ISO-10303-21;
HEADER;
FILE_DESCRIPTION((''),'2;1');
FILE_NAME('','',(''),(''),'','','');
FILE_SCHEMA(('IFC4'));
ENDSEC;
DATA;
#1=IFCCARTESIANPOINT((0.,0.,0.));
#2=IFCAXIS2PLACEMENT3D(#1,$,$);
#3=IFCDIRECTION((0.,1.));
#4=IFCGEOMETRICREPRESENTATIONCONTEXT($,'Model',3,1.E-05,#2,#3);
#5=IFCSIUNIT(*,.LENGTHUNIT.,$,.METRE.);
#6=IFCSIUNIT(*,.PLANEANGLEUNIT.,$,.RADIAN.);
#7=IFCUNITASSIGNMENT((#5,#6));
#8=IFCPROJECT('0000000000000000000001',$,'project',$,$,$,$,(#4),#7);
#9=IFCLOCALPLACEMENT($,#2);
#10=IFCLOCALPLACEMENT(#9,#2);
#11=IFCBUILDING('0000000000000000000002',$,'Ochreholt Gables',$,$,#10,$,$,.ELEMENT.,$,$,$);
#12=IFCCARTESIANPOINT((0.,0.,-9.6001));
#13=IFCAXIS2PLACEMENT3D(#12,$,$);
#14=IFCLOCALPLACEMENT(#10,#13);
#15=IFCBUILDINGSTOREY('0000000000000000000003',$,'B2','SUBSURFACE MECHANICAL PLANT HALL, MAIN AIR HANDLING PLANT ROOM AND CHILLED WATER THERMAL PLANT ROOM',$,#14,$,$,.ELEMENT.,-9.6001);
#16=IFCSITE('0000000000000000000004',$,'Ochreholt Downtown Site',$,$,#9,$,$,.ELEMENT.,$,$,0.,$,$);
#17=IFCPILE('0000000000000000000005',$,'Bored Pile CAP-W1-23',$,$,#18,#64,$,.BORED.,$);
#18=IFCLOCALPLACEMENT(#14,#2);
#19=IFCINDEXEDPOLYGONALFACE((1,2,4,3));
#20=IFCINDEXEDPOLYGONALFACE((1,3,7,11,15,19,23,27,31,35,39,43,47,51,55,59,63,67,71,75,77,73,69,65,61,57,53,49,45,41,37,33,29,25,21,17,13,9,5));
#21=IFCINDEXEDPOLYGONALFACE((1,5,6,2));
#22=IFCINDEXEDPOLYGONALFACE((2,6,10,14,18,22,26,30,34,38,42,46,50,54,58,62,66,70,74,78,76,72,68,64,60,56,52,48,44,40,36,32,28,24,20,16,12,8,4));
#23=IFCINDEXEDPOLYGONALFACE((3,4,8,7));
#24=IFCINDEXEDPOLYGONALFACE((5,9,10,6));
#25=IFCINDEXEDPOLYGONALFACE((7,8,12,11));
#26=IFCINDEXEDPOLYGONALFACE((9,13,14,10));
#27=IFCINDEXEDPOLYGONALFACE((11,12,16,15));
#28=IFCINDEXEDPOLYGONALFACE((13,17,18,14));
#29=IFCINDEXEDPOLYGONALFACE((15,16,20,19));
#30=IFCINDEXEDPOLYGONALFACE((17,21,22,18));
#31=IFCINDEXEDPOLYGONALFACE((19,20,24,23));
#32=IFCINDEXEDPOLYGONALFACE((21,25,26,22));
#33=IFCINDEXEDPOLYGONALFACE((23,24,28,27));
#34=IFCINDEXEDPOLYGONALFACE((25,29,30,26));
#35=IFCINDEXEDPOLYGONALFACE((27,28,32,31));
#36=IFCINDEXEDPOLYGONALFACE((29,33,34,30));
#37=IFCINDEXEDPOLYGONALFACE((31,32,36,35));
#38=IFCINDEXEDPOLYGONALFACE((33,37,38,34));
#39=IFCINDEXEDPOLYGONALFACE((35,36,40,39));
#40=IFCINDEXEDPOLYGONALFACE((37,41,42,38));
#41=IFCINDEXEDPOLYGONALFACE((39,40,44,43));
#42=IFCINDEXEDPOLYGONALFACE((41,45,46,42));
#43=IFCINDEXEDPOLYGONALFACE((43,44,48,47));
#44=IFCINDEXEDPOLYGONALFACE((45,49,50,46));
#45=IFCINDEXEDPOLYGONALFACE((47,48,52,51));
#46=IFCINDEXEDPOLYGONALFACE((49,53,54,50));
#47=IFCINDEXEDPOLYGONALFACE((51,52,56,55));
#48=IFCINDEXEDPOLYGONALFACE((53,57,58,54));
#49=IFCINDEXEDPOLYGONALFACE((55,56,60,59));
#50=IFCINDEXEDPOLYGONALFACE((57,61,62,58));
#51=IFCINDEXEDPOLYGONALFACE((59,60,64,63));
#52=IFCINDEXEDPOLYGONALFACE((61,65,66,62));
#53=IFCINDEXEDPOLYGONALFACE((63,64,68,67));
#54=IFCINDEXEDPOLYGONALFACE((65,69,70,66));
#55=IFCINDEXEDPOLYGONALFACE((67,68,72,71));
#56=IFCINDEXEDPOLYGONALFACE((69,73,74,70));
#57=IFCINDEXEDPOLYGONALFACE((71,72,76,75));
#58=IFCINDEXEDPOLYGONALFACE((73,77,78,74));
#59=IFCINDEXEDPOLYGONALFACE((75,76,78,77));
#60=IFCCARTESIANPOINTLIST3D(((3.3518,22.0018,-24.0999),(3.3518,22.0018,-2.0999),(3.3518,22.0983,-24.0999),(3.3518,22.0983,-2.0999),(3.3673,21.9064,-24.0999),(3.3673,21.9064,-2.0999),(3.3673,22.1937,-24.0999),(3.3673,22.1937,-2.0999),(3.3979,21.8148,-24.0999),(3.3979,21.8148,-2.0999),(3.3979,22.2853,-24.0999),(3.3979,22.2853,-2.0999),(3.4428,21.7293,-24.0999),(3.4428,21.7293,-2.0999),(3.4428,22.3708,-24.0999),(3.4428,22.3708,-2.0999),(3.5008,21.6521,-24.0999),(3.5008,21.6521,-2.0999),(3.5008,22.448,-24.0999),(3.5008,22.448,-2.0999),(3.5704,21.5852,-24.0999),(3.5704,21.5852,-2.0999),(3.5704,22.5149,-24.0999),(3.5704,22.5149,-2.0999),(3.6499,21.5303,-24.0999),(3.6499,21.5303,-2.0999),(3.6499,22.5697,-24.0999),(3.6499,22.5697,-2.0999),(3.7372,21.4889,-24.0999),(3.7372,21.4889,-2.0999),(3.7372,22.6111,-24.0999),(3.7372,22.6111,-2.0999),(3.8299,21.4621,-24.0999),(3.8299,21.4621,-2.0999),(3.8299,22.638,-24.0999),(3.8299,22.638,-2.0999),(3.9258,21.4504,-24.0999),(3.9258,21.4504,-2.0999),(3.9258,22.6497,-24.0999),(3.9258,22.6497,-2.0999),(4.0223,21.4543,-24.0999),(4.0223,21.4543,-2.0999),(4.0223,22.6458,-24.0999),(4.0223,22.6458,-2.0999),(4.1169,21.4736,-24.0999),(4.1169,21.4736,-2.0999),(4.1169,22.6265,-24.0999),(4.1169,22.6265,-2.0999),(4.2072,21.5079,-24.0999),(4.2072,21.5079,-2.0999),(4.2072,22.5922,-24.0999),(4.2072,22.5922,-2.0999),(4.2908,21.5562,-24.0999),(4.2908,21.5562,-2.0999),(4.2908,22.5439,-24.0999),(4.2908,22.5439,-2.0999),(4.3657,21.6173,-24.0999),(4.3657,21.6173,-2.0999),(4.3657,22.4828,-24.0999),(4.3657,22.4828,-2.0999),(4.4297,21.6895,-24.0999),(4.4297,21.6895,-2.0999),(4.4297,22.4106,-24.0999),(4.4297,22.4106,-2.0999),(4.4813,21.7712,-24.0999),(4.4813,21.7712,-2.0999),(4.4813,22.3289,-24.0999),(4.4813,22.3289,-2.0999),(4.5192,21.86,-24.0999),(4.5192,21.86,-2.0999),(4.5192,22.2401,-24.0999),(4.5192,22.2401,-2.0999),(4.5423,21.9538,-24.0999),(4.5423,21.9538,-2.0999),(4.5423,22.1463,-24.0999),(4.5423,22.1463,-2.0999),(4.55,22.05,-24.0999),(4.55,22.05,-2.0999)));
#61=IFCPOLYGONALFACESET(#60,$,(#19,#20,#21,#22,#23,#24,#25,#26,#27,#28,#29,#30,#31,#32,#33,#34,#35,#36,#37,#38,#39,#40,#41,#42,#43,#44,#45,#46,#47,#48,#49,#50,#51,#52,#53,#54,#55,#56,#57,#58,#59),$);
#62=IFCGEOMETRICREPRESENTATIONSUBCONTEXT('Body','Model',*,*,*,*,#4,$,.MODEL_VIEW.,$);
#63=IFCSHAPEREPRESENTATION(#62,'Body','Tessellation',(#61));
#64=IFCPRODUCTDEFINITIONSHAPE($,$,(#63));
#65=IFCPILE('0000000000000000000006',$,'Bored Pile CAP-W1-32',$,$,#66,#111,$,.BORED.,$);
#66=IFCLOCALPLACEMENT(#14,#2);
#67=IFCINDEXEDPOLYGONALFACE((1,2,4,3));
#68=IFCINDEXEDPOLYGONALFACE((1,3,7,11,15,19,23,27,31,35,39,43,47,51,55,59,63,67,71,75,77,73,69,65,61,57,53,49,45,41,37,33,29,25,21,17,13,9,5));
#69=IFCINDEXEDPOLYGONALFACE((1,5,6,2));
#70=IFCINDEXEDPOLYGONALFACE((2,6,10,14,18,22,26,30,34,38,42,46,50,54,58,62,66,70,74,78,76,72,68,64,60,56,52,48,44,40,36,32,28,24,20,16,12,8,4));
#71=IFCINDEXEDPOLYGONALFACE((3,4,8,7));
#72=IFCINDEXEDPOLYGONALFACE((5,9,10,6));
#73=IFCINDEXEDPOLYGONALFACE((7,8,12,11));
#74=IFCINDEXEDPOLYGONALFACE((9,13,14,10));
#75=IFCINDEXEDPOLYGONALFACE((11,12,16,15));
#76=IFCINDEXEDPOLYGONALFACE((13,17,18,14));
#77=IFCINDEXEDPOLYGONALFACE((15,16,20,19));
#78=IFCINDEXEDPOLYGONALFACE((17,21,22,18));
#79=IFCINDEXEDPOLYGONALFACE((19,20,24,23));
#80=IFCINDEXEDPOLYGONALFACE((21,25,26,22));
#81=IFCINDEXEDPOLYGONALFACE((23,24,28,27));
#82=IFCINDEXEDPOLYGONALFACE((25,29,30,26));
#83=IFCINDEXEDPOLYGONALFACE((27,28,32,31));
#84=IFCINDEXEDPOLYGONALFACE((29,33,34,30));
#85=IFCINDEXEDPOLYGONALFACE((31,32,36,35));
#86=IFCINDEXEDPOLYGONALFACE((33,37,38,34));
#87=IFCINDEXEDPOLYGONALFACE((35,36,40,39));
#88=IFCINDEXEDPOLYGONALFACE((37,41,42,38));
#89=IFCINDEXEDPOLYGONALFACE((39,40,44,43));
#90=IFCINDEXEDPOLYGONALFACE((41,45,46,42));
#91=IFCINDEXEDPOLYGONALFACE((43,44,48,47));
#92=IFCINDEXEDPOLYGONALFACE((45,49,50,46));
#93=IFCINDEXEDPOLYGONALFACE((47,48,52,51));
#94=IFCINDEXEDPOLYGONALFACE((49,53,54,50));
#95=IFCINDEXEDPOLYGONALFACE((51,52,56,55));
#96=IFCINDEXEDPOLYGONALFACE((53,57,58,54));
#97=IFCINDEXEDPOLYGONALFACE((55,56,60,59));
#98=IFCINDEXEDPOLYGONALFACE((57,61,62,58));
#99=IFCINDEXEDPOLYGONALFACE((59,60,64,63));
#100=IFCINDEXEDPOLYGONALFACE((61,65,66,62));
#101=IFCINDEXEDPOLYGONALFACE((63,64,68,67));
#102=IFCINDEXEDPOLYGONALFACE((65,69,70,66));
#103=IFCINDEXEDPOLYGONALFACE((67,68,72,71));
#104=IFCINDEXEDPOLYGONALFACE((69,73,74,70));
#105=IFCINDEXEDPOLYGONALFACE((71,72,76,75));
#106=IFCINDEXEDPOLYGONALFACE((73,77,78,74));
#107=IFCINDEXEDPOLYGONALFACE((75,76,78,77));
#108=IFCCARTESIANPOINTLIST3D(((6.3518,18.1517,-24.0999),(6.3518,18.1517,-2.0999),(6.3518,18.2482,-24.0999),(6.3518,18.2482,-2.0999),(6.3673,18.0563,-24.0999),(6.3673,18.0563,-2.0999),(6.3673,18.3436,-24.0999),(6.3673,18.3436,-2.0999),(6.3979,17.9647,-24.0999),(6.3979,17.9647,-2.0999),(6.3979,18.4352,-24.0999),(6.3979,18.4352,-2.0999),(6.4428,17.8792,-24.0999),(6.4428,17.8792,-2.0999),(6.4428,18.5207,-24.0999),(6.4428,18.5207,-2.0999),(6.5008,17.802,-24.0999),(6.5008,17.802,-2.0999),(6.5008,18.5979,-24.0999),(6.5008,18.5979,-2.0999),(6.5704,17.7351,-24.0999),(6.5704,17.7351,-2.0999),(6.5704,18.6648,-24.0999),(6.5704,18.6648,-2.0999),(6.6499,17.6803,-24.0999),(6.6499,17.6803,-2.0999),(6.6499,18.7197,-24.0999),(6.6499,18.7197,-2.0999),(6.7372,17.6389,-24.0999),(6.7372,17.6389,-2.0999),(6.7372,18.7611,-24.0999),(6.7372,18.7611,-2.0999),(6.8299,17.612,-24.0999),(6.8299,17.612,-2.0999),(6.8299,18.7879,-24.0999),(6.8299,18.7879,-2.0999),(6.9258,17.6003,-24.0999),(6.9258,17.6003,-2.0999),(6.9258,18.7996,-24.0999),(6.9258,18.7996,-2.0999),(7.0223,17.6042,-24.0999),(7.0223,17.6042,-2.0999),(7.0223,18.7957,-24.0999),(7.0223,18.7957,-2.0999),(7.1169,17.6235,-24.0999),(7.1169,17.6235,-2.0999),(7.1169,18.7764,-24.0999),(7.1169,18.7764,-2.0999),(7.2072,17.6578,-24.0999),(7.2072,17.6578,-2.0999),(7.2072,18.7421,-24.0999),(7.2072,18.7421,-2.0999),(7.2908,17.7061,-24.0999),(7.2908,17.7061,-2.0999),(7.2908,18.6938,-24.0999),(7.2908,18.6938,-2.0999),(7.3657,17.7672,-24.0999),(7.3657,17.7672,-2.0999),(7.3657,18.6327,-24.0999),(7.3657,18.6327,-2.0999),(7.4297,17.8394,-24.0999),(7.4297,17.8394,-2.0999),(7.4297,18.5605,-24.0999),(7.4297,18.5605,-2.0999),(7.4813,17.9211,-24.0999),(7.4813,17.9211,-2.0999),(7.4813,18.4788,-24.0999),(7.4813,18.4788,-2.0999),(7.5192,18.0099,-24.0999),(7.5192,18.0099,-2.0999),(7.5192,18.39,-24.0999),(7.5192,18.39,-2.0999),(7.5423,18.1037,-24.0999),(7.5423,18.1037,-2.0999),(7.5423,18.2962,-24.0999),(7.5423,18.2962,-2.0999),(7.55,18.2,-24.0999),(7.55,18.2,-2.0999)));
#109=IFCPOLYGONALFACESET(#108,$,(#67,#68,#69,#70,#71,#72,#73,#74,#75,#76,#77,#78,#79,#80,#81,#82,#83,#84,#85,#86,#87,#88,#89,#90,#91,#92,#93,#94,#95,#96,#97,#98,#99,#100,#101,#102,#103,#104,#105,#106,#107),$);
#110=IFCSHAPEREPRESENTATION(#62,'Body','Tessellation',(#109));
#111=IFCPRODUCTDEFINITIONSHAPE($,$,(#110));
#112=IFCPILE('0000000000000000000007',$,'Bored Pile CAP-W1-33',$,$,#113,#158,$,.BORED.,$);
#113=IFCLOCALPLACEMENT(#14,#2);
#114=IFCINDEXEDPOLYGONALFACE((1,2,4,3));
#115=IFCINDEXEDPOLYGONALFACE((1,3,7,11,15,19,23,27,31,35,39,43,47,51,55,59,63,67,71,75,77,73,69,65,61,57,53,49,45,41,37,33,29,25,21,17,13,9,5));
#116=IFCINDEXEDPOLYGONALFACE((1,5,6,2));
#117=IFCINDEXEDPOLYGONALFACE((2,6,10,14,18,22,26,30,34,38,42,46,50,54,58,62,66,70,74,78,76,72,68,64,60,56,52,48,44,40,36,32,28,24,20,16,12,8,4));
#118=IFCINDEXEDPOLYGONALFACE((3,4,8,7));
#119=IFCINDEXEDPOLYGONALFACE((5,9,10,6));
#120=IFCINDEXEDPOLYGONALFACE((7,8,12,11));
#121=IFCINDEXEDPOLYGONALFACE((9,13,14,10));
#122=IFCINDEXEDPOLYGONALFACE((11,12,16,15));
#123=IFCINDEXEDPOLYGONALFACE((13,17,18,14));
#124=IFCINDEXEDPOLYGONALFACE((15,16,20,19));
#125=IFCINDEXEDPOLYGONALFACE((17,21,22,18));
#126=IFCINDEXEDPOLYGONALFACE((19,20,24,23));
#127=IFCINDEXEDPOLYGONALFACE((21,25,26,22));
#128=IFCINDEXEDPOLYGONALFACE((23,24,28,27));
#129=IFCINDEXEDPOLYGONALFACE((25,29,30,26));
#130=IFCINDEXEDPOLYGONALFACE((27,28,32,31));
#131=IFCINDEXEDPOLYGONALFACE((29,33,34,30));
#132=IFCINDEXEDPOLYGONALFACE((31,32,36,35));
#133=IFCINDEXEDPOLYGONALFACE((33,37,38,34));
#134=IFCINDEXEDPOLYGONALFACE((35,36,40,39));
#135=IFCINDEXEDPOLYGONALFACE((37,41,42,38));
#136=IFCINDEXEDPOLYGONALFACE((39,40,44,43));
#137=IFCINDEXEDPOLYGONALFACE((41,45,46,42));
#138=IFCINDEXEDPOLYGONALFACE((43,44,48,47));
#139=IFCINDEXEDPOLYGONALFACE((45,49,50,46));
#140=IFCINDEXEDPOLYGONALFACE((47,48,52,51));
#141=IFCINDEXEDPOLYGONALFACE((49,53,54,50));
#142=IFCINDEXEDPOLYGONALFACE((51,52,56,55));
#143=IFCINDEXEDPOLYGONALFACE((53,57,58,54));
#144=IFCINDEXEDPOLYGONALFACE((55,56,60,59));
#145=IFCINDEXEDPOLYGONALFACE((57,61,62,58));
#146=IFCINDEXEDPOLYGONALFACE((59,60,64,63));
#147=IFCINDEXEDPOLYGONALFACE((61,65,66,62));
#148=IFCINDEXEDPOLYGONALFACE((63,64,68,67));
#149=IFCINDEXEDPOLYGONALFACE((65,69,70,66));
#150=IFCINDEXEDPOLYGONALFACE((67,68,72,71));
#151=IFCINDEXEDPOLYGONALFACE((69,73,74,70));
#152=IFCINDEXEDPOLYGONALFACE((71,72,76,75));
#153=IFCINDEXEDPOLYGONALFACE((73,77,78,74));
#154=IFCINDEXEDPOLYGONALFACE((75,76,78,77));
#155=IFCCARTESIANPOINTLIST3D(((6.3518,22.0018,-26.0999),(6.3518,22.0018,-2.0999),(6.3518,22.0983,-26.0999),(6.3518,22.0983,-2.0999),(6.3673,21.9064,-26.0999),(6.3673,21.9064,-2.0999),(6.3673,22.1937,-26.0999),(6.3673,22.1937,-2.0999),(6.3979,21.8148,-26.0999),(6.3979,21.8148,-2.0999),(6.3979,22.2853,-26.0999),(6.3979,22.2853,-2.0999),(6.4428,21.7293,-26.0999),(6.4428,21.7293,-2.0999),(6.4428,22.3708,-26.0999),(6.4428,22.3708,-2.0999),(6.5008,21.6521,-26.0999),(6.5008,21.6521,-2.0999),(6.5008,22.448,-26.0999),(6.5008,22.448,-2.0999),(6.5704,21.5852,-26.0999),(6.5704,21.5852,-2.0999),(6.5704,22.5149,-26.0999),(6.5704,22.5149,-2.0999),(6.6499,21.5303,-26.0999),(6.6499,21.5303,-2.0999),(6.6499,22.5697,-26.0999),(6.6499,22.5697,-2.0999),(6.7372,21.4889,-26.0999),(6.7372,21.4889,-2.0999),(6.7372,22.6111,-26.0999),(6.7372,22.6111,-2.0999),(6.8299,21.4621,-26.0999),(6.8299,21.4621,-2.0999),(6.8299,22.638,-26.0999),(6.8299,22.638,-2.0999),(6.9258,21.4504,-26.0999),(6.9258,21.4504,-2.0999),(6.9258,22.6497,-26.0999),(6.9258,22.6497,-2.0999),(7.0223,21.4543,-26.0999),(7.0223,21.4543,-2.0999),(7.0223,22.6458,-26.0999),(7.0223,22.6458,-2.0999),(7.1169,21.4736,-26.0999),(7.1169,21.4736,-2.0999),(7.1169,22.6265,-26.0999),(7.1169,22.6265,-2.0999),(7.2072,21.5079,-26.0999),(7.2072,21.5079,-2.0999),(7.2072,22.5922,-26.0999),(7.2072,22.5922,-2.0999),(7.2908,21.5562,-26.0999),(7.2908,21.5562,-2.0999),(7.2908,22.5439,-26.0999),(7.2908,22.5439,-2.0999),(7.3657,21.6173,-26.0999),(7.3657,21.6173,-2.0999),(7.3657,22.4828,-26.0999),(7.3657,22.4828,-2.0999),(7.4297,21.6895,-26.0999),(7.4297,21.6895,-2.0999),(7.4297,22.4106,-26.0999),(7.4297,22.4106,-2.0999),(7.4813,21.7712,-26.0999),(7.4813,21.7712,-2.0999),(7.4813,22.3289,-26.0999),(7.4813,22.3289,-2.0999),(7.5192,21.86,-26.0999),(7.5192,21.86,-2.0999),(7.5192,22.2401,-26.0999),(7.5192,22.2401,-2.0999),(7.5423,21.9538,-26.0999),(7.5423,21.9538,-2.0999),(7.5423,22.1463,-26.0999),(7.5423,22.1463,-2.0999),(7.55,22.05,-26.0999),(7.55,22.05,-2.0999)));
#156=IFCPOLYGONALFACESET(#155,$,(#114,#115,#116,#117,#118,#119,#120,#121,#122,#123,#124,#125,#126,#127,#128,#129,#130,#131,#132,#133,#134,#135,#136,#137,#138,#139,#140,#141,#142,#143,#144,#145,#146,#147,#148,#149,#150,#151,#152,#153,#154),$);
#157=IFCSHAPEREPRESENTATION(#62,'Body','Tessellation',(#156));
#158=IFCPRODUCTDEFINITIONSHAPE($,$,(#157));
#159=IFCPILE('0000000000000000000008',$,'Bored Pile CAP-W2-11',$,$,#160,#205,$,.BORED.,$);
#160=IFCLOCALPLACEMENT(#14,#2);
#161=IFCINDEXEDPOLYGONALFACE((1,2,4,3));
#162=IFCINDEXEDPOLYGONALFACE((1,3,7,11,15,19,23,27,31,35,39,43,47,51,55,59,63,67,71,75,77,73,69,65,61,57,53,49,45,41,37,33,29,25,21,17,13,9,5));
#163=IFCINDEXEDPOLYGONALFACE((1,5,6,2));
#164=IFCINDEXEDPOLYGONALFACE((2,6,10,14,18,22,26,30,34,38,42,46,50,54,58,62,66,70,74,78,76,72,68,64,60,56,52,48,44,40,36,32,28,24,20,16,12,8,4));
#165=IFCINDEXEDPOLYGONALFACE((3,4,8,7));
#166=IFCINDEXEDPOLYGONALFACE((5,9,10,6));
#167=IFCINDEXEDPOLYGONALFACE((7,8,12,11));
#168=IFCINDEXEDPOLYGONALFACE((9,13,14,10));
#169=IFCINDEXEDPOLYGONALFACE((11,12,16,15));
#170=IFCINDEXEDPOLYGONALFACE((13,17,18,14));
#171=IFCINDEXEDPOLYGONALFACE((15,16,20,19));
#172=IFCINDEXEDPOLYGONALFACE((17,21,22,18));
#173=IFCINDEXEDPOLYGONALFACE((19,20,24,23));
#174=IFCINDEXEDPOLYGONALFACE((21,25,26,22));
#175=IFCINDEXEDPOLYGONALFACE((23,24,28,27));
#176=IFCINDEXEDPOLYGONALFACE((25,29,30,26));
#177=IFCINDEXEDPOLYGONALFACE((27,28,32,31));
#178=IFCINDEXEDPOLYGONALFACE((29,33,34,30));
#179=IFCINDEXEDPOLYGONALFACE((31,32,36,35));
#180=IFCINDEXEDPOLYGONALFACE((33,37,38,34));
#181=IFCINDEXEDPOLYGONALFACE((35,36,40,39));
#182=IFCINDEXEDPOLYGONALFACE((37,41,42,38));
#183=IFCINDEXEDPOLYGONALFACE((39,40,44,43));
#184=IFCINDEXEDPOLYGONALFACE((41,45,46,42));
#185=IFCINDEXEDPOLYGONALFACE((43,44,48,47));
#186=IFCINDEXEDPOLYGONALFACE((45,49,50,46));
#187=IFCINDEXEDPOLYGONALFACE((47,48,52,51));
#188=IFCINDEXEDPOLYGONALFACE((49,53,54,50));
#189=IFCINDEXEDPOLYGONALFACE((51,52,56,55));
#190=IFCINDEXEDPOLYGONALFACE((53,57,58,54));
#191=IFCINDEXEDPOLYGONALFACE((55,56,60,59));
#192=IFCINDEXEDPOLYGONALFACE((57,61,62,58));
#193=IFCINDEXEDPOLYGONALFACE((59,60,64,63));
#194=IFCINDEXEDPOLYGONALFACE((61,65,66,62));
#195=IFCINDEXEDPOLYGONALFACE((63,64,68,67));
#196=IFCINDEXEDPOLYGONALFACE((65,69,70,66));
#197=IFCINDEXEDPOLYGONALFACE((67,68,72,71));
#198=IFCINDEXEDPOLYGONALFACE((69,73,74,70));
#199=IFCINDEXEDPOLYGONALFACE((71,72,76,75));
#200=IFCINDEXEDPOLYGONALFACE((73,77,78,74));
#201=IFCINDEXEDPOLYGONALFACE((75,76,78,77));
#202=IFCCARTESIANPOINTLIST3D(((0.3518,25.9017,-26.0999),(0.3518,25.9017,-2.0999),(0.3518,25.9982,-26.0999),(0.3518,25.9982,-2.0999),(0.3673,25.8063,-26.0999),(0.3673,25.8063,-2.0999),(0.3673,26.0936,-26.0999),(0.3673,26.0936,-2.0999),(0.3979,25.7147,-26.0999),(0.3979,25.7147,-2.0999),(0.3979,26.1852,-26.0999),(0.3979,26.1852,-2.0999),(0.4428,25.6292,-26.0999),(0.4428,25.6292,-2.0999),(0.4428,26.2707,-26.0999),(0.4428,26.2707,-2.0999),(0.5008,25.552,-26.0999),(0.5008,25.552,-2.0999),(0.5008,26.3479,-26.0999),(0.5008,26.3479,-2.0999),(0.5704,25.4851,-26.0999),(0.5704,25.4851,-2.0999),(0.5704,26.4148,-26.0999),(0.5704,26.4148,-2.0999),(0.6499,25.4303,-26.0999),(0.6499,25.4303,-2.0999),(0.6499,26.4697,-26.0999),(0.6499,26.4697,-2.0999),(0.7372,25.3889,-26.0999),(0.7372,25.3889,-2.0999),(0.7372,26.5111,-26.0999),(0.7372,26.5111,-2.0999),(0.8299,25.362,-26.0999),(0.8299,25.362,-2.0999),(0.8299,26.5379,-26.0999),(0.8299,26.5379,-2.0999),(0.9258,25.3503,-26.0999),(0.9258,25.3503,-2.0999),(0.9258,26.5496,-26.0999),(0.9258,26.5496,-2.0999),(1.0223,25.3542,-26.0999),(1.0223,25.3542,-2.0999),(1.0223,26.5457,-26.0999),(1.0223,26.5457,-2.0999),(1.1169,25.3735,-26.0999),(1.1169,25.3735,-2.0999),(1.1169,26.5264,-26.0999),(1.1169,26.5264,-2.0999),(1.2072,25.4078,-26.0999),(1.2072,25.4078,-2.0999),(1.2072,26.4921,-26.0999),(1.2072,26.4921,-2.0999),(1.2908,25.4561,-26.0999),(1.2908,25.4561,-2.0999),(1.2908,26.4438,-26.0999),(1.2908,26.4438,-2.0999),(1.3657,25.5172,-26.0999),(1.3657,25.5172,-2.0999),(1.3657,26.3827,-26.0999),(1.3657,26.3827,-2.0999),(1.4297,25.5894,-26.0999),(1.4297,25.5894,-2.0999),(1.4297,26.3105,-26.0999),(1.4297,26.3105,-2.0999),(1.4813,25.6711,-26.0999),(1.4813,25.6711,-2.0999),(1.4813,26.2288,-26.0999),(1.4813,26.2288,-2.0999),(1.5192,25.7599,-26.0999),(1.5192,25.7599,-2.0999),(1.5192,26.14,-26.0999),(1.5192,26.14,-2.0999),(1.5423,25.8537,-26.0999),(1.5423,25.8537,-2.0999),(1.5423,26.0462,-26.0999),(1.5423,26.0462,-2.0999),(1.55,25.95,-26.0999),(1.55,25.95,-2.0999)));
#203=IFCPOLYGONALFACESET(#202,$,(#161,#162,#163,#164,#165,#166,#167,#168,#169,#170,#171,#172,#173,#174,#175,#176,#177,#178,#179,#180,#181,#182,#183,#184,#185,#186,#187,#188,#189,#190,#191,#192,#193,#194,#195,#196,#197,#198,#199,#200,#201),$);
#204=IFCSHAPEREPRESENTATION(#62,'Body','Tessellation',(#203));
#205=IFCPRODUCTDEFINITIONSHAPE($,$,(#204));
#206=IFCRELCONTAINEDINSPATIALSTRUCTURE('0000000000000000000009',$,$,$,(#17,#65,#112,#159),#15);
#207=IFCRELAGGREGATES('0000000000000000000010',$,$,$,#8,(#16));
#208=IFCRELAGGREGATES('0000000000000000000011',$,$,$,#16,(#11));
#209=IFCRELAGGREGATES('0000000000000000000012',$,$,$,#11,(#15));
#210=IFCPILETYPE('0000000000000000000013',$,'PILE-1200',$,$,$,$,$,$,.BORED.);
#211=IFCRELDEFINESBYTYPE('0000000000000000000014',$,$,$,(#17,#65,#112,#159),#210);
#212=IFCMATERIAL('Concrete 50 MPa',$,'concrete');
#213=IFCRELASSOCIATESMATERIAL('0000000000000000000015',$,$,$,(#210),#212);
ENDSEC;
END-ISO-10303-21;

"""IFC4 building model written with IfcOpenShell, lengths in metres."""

from ifc_helpers import new_model, si_unit, direction, frame, origin, origin_2d, place, context, subcontext, project, spatial, circle, extrude, material, material_profile, profile_set, type_object, element, save


model = new_model("IFC4")

# Units and contexts
model_context = context("Model", 3, precision=1e-05, world=origin(), true_north=direction((0.0, 1.0)))
body_context = subcontext(model_context, "Body", "Model", "MODEL_VIEW")
ifc_project = project(units=[si_unit("LENGTHUNIT", "METRE"), si_unit("PLANEANGLEUNIT", "RADIAN")], contexts=[model_context])

# Site, building, storey
site_placement = place(None, origin())
site = spatial("IfcSite", under=ifc_project, at=site_placement, Name="Ochreholt Downtown Site", CompositionType="ELEMENT", RefElevation=0.0)
building_placement = place(site_placement, origin())
building = spatial("IfcBuilding", under=site, at=building_placement, Name="Ochreholt Gables", CompositionType="ELEMENT")
storey_placement = place(building_placement, frame((0.0, 0.0, -9.6001)))
storey = spatial("IfcBuildingStorey", under=building, at=storey_placement, Name="B2", Description="SUBSURFACE MECHANICAL PLANT HALL, MAIN AIR HANDLING PLANT ROOM AND CHILLED WATER THERMAL PLANT ROOM", CompositionType="ELEMENT", Elevation=-9.6001)

# Shared definitions
ifc_material_1 = material(Name="Concrete 50 MPa", Category="concrete")

# Piles
ifc_material_profile_1 = material_profile(ifc_material_1, circle(Radius=0.6001, at=origin_2d()), Name="PILE1200")
ifc_profile_set_1 = profile_set([ifc_material_profile_1], Name="Concrete 50 MPa")
pile_type = type_object("IfcPileType", Name="PILE-1200", PredefinedType="BORED", material=ifc_profile_set_1)
for number, where, z_axis, x_axis, name in (
    (1, (3.95, 22.05, -2.0999), (0.0, 0.0, -1.0), (1.0, 0.0, 0.0), "Bored Pile CAP-W1-23"),
    (2, (6.95, 18.2, -2.0999), (0.0, 0.0, -1.0), (1.0, 0.0, 0.0), "Bored Pile CAP-W1-32"),
):
    element("IfcPile", number, at=place(storey_placement, frame(where, z_axis=z_axis, x_axis=x_axis)), inside=storey, type_object=pile_type, Name=name, PredefinedType="BORED", context=body_context, shape_type="SweptSolid", body=[
        extrude(circle(Radius=0.6001, at=origin_2d()), origin(), (0.0, 0.0, 1.0), 22.0),
    ])
for number, where, z_axis, x_axis, name in (
    (3, (6.95, 22.05, -2.0999), (0.0, 0.0, -1.0), (1.0, 0.0, 0.0), "Bored Pile CAP-W1-33"),
    (4, (0.95, 25.95, -2.0999), (0.0, 0.0, -1.0), (1.0, 0.0, 0.0), "Bored Pile CAP-W2-11"),
):
    element("IfcPile", number, at=place(storey_placement, frame(where, z_axis=z_axis, x_axis=x_axis)), inside=storey, type_object=pile_type, Name=name, PredefinedType="BORED", context=body_context, shape_type="SweptSolid", body=[
        extrude(circle(Radius=0.6001, at=origin_2d()), origin(), (0.0, 0.0, 1.0), 24.0),
    ])

save(model, "model.ifc")
